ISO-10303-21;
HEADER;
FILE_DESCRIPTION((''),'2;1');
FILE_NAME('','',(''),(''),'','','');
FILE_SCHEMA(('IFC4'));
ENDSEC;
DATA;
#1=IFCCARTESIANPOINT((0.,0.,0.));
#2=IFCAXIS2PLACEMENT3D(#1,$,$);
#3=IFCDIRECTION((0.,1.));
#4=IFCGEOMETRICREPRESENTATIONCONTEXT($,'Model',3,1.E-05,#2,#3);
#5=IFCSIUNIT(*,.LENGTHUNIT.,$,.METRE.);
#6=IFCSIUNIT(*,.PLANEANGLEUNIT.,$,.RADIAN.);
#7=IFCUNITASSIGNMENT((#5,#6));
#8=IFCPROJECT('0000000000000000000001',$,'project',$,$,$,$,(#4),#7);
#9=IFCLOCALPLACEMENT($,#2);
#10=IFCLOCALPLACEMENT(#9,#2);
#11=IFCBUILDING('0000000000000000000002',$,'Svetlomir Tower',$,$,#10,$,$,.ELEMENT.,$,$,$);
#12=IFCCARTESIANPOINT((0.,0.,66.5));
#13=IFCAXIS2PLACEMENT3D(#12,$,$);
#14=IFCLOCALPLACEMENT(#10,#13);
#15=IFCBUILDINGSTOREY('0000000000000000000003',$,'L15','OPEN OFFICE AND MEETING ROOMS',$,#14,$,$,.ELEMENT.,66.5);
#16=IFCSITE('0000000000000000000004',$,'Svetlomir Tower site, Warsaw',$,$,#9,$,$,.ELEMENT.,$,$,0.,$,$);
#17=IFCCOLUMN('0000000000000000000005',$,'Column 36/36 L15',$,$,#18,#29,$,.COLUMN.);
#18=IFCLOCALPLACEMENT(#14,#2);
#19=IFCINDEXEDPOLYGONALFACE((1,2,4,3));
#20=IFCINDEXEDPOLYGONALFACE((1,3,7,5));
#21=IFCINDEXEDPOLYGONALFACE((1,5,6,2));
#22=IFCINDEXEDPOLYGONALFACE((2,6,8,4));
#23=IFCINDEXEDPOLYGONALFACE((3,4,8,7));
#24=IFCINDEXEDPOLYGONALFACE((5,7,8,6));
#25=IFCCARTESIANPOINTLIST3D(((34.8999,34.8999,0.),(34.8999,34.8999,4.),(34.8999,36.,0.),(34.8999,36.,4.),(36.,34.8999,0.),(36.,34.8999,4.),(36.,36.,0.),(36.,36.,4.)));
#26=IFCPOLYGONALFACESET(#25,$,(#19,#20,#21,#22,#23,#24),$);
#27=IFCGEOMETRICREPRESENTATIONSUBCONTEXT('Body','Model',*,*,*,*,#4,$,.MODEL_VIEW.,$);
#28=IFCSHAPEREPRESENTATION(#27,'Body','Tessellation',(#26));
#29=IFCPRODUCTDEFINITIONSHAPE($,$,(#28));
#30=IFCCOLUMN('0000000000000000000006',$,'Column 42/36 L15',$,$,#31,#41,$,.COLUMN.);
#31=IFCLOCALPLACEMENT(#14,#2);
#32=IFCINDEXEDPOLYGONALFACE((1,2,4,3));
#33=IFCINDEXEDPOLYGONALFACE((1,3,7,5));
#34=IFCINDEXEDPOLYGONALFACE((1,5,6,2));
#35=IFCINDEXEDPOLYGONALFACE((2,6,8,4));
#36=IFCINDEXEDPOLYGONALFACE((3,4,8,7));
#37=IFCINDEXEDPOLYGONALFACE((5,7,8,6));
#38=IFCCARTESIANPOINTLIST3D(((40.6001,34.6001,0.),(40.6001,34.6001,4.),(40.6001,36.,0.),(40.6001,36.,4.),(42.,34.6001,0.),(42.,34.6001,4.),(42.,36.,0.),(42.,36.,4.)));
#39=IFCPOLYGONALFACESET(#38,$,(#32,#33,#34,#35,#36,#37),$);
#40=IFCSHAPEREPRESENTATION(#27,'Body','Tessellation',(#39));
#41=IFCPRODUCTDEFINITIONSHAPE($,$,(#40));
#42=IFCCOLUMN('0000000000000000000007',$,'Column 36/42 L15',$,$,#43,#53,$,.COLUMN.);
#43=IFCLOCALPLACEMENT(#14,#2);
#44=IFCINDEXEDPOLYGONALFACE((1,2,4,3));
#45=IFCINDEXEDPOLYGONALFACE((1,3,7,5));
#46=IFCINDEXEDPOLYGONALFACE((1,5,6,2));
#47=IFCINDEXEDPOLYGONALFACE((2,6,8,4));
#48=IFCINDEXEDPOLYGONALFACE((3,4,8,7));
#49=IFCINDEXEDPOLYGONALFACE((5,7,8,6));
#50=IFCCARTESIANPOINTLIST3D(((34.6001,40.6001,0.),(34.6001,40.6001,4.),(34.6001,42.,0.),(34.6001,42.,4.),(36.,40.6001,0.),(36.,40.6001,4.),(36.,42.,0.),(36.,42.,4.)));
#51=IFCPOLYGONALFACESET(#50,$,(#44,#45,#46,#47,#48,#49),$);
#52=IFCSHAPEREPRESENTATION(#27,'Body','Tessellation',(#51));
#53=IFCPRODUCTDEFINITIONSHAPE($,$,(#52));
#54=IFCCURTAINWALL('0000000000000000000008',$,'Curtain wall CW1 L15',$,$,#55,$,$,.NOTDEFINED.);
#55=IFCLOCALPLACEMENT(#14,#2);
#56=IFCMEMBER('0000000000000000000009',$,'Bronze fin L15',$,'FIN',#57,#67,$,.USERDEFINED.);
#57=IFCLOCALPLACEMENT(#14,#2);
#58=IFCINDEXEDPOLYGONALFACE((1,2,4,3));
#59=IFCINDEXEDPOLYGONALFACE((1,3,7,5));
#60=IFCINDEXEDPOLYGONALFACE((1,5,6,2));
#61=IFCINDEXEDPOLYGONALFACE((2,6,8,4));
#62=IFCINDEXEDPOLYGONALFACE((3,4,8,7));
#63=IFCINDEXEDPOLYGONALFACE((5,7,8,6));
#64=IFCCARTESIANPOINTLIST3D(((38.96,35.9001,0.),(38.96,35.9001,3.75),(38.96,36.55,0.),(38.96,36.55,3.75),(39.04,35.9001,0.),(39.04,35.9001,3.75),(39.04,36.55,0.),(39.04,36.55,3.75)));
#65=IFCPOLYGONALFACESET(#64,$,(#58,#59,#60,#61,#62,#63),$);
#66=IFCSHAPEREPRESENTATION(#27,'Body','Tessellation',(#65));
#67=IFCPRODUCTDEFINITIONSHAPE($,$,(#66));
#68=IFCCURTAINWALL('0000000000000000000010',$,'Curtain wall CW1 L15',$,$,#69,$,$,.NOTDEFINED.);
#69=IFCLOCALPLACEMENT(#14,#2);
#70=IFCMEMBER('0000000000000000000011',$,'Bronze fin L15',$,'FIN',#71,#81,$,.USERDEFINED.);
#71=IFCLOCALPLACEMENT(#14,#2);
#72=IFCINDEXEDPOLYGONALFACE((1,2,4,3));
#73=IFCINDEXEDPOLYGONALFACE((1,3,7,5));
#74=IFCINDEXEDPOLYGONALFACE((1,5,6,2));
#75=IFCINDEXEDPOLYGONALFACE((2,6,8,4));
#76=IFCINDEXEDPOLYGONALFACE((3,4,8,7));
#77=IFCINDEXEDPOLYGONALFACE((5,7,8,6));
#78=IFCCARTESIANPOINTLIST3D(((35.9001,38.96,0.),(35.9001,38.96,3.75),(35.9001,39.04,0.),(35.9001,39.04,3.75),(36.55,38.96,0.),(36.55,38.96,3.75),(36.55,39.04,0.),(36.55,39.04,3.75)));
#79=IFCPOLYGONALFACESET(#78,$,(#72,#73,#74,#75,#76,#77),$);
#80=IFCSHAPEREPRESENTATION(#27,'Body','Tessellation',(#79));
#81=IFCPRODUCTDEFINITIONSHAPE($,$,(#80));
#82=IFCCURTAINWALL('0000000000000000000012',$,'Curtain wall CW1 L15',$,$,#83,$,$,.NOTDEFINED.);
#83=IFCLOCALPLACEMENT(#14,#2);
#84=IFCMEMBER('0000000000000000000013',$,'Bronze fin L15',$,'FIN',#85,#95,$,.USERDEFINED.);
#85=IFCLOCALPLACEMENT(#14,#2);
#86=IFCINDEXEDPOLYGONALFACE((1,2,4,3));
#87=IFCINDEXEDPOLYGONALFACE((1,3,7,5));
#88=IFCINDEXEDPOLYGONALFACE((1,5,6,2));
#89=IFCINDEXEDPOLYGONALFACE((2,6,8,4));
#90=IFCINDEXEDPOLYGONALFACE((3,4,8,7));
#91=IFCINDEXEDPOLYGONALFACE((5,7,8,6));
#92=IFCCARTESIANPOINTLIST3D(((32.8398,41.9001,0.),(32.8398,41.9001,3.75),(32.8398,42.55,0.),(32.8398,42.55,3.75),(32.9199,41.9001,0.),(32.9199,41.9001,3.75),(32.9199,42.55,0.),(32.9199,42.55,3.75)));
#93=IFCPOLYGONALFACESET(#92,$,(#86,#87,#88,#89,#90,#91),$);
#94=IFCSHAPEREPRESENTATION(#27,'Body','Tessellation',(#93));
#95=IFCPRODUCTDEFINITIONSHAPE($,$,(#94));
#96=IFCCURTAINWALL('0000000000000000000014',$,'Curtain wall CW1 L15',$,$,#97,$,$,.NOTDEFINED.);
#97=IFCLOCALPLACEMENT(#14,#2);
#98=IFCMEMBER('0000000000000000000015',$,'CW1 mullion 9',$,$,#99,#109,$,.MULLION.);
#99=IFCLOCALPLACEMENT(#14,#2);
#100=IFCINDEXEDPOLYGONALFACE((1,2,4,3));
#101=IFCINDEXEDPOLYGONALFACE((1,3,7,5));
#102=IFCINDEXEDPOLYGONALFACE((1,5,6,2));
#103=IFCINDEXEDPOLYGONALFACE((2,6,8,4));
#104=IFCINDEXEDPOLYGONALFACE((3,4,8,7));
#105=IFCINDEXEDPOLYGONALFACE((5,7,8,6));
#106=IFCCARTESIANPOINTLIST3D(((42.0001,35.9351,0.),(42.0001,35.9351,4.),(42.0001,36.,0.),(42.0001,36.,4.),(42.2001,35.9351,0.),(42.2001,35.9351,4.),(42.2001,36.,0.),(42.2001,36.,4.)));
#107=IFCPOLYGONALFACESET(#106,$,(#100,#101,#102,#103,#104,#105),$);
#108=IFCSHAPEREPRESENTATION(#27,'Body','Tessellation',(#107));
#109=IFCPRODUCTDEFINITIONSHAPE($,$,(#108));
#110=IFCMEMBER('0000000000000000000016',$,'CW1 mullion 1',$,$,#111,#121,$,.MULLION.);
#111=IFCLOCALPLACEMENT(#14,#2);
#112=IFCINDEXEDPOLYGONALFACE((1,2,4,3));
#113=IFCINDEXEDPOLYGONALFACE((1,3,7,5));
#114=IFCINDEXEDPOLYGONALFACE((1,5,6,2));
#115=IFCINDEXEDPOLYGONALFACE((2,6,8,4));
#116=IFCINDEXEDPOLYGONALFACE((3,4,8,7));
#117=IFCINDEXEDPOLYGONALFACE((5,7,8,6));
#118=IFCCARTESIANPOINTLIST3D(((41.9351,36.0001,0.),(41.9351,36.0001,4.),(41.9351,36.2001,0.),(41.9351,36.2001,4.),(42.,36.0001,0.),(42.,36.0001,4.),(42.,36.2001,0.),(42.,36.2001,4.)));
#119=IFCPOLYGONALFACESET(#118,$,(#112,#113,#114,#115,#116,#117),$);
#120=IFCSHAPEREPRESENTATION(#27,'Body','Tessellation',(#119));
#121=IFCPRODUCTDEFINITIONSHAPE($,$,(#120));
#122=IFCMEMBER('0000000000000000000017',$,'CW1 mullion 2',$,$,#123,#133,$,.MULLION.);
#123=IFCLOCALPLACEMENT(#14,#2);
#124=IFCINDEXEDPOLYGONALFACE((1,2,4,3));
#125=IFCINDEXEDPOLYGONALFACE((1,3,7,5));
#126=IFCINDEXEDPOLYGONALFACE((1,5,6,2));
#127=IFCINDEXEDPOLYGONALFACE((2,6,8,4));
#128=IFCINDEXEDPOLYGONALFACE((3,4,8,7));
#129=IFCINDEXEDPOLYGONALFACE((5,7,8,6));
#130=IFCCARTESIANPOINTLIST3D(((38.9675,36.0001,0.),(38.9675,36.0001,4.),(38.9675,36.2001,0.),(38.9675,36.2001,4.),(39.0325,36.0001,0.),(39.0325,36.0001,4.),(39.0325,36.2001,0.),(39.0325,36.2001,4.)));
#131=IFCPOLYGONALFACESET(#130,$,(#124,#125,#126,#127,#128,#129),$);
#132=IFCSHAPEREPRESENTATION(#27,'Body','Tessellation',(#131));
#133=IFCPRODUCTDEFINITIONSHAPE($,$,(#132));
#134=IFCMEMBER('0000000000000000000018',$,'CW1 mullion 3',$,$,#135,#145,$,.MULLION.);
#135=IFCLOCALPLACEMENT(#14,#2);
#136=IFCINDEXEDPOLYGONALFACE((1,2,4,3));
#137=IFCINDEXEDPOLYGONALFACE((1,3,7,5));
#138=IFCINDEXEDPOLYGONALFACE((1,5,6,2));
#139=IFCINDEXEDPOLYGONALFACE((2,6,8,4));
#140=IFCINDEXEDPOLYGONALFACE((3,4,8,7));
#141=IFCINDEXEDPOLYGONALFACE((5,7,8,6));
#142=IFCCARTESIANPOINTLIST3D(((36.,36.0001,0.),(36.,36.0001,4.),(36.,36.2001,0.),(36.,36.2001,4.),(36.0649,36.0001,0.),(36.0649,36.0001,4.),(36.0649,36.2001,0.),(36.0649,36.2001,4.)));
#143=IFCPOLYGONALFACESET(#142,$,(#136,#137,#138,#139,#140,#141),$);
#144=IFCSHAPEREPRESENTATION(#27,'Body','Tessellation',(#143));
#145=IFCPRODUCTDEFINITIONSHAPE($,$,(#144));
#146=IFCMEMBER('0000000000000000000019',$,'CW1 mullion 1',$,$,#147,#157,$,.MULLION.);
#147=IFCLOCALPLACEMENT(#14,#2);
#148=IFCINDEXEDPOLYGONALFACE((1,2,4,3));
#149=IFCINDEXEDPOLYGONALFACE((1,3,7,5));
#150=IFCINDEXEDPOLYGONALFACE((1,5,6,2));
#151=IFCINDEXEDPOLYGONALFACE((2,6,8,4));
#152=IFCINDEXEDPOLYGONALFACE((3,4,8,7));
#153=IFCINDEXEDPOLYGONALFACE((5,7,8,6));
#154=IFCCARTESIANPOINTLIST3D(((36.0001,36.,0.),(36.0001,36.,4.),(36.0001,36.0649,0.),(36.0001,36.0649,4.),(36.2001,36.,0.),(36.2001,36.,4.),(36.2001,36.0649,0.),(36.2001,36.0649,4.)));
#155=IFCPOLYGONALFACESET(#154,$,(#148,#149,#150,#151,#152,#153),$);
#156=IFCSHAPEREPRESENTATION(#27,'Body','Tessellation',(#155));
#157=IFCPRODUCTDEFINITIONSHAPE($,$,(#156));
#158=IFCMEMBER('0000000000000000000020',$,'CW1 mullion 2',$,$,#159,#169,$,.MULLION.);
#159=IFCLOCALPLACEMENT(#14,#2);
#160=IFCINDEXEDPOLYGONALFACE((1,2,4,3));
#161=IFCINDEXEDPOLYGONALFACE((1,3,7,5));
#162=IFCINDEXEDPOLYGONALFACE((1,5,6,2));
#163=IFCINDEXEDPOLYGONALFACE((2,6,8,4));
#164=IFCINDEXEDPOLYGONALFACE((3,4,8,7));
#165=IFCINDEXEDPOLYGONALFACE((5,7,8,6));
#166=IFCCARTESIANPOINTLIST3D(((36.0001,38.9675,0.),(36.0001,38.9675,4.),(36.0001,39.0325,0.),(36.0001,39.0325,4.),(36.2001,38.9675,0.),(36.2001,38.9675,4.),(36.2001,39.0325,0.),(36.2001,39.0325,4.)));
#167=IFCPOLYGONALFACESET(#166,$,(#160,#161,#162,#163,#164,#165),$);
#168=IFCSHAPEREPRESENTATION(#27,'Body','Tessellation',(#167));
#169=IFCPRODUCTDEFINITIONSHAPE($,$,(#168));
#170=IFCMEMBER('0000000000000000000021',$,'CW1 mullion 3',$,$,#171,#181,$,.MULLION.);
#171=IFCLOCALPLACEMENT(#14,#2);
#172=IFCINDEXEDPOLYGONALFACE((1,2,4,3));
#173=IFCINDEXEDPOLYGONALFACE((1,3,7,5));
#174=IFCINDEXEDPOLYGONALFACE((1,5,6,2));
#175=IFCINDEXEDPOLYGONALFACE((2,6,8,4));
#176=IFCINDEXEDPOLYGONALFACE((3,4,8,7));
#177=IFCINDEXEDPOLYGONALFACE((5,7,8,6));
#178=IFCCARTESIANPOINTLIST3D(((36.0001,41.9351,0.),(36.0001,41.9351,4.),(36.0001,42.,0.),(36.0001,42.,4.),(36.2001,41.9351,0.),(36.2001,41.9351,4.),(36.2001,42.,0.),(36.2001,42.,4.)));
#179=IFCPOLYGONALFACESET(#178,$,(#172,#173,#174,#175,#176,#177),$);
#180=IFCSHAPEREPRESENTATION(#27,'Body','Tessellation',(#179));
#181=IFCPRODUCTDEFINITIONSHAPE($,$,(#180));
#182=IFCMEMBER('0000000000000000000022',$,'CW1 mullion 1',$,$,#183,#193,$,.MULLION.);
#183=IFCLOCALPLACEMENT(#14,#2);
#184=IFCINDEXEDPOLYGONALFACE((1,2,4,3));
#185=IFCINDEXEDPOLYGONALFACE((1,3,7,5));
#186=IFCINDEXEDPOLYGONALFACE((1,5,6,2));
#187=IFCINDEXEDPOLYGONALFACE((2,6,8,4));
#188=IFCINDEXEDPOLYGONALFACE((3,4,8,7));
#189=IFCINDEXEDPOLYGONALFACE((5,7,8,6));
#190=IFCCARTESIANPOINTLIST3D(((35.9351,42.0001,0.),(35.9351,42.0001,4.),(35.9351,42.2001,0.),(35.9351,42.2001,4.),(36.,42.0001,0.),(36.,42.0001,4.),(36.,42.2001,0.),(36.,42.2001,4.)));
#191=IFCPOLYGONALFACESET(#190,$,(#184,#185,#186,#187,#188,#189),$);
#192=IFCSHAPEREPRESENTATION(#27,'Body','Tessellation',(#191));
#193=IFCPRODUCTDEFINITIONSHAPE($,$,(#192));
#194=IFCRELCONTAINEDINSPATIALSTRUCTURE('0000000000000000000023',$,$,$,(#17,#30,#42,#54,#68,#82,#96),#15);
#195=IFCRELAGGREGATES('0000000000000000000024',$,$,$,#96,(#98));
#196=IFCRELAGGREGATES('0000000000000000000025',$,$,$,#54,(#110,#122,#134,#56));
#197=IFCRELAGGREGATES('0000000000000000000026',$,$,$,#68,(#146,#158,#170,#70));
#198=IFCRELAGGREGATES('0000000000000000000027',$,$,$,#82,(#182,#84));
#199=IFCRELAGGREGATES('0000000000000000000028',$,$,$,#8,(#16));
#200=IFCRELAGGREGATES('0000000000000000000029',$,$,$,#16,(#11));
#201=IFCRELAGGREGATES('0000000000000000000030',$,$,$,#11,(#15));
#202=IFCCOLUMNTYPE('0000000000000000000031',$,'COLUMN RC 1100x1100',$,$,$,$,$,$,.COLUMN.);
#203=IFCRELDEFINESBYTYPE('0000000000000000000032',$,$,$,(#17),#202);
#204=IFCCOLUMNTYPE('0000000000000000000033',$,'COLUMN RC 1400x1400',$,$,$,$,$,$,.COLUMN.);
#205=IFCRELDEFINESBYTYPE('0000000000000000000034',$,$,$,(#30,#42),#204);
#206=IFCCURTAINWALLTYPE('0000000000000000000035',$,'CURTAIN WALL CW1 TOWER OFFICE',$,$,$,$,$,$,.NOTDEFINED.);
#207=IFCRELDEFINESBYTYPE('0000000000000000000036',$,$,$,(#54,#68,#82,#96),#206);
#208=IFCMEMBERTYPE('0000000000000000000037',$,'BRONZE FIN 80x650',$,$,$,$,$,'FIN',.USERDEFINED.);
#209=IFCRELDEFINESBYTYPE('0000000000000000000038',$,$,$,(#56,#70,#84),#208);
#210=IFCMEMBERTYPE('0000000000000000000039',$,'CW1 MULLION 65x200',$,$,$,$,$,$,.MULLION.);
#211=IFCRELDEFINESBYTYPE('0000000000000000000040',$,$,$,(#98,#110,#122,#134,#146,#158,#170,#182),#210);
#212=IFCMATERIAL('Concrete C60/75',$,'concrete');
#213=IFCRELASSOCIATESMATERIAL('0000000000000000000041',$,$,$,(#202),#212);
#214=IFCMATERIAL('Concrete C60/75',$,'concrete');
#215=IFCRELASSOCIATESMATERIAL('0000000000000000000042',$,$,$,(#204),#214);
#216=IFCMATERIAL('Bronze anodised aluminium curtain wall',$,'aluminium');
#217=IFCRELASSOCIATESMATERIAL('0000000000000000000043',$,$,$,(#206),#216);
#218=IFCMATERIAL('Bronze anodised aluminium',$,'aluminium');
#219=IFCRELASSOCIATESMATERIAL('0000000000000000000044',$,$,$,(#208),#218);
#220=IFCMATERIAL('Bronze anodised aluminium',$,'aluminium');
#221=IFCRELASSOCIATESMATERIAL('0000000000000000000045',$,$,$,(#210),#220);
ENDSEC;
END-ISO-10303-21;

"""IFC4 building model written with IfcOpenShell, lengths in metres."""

from ifc_helpers import new_model, si_unit, direction, frame, origin, origin_2d, place, context, subcontext, project, spatial, rectangle, extrude, material, material_profile, profile_set, type_object, element, aggregate, save


model = new_model("IFC4")

# Units and contexts
model_context = context("Model", 3, precision=1e-05, world=origin(), true_north=direction((0.0, 1.0)))
body_context = subcontext(model_context, "Body", "Model", "MODEL_VIEW")
ifc_project = project(units=[si_unit("LENGTHUNIT", "METRE"), si_unit("PLANEANGLEUNIT", "RADIAN")], contexts=[model_context])

# Site, building, storey
site_placement = place(None, origin())
site = spatial("IfcSite", under=ifc_project, at=site_placement, Name="Svetlomir Tower site, Warsaw", CompositionType="ELEMENT", RefElevation=0.0)
building_placement = place(site_placement, origin())
building = spatial("IfcBuilding", under=site, at=building_placement, Name="Svetlomir Tower", CompositionType="ELEMENT")
storey_placement = place(building_placement, frame((0.0, 0.0, 66.5)))
storey = spatial("IfcBuildingStorey", under=building, at=storey_placement, Name="L15", Description="OPEN OFFICE AND MEETING ROOMS", CompositionType="ELEMENT", Elevation=66.5)

# Columns
ifc_material_1 = material(Name="Concrete C60/75", Category="concrete")
ifc_material_profile_1 = material_profile(ifc_material_1, rectangle(XDim=1.1001, YDim=1.1001, at=origin_2d()), Name="RC 1100x1100")
ifc_profile_set_1 = profile_set([ifc_material_profile_1], Name="Concrete C60/75")
column_type_1 = type_object("IfcColumnType", Name="COLUMN RC 1100x1100", PredefinedType="COLUMN", material=ifc_profile_set_1)
column_placement = place(storey_placement, frame((35.45, 35.45, 0.0), z_axis=(0.0, 0.0, 1.0), x_axis=(1.0, 0.0, 0.0)))
element("IfcColumn", 1, at=column_placement, inside=storey, type_object=column_type_1, Name="Column 36/36 L15", PredefinedType="COLUMN", context=body_context, shape_type="SweptSolid", body=[
    extrude(rectangle(XDim=1.1001, YDim=1.1001, at=origin_2d()), origin(), (0.0, 0.0, 1.0), 4.0),
])
ifc_material_2 = material(Name="Concrete C60/75", Category="concrete")
ifc_material_profile_2 = material_profile(ifc_material_2, rectangle(XDim=1.3999, YDim=1.3999, at=origin_2d()), Name="RC 1400x1400")
ifc_profile_set_2 = profile_set([ifc_material_profile_2], Name="Concrete C60/75")
column_type_2 = type_object("IfcColumnType", Name="COLUMN RC 1400x1400", PredefinedType="COLUMN", material=ifc_profile_set_2)
for number, where, z_axis, x_axis, name in (
    (2, (41.3, 35.3, 0.0), (0.0, 0.0, 1.0), (1.0, 0.0, 0.0), "Column 42/36 L15"),
    (3, (35.3, 41.3, 0.0), (0.0, 0.0, 1.0), (1.0, 0.0, 0.0), "Column 36/42 L15"),
):
    element("IfcColumn", number, at=place(storey_placement, frame(where, z_axis=z_axis, x_axis=x_axis)), inside=storey, type_object=column_type_2, Name=name, PredefinedType="COLUMN", context=body_context, shape_type="SweptSolid", body=[
        extrude(rectangle(XDim=1.3999, YDim=1.3999, at=origin_2d()), origin(), (0.0, 0.0, 1.0), 4.0),
    ])

# Curtain walls, members
ifc_material_3 = material(Name="Bronze anodised aluminium curtain wall", Category="aluminium")
curtain_wall_type = type_object("IfcCurtainWallType", Name="CURTAIN WALL CW1 TOWER OFFICE", PredefinedType="NOTDEFINED", material=ifc_material_3)
curtain_wall_1_placement = place(storey_placement, origin())
curtain_wall_1 = element("IfcCurtainWall", 4, at=curtain_wall_1_placement, inside=storey, type_object=curtain_wall_type, Name="Curtain wall CW1 L15", PredefinedType="NOTDEFINED")
ifc_material_4 = material(Name="Bronze anodised aluminium", Category="aluminium")
ifc_material_profile_3 = material_profile(ifc_material_4, rectangle(XDim=0.0801, YDim=0.6499, at=origin_2d()), Name="FIN 80x650")
ifc_profile_set_3 = profile_set([ifc_material_profile_3], Name="Bronze anodised aluminium 6063-T6")
member_type_1 = type_object("IfcMemberType", Name="BRONZE FIN 80x650", ElementType="FIN", PredefinedType="USERDEFINED", material=ifc_profile_set_3)
member_1_placement = place(storey_placement, frame((39.0, 36.2251, 0.0), z_axis=(0.0, 0.0, 1.0), x_axis=(1.0, 0.0, 0.0)))
member_1 = element("IfcMember", 5, at=member_1_placement, type_object=member_type_1, Name="Bronze fin L15", ObjectType="FIN", PredefinedType="USERDEFINED", context=body_context, shape_type="SweptSolid", body=[
    extrude(rectangle(XDim=0.0801, YDim=0.6499, at=origin_2d()), origin(), (0.0, 0.0, 1.0), 3.75),
])
curtain_wall_2_placement = place(storey_placement, origin())
curtain_wall_2 = element("IfcCurtainWall", 6, at=curtain_wall_2_placement, inside=storey, type_object=curtain_wall_type, Name="Curtain wall CW1 L15", PredefinedType="NOTDEFINED")
member_2_placement = place(storey_placement, frame((36.2251, 39.0, 0.0), z_axis=(0.0, 0.0, 1.0), x_axis=(0.0, 1.0, 0.0)))
member_2 = element("IfcMember", 7, at=member_2_placement, type_object=member_type_1, Name="Bronze fin L15", ObjectType="FIN", PredefinedType="USERDEFINED", context=body_context, shape_type="SweptSolid", body=[
    extrude(rectangle(XDim=0.0801, YDim=0.6499, at=origin_2d()), origin(), (0.0, 0.0, 1.0), 3.75),
])
curtain_wall_3_placement = place(storey_placement, origin())
curtain_wall_3 = element("IfcCurtainWall", 8, at=curtain_wall_3_placement, inside=storey, type_object=curtain_wall_type, Name="Curtain wall CW1 L15", PredefinedType="NOTDEFINED")
member_3_placement = place(storey_placement, frame((32.8799, 42.2251, 0.0), z_axis=(0.0, 0.0, 1.0), x_axis=(1.0, 0.0, 0.0)))
member_3 = element("IfcMember", 9, at=member_3_placement, type_object=member_type_1, Name="Bronze fin L15", ObjectType="FIN", PredefinedType="USERDEFINED", context=body_context, shape_type="SweptSolid", body=[
    extrude(rectangle(XDim=0.0801, YDim=0.6499, at=origin_2d()), origin(), (0.0, 0.0, 1.0), 3.75),
])
curtain_wall_4_placement = place(storey_placement, origin())
curtain_wall_4 = element("IfcCurtainWall", 10, at=curtain_wall_4_placement, inside=storey, type_object=curtain_wall_type, Name="Curtain wall CW1 L15", PredefinedType="NOTDEFINED")
ifc_material_5 = material(Name="Bronze anodised aluminium", Category="aluminium")
ifc_material_profile_4 = material_profile(ifc_material_5, rectangle(XDim=0.0649, YDim=0.2, at=origin_2d()), Name="AL 65x200")
ifc_profile_set_4 = profile_set([ifc_material_profile_4], Name="Bronze anodised aluminium 6063-T6")
member_type_2 = type_object("IfcMemberType", Name="CW1 MULLION 65x200", PredefinedType="MULLION", material=ifc_profile_set_4)
member_4_placement = place(storey_placement, frame((42.1001, 35.9675, 0.0), z_axis=(0.0, 0.0, 1.0), x_axis=(0.0, 1.0, 0.0)))
member_4 = element("IfcMember", 11, at=member_4_placement, type_object=member_type_2, Name="CW1 mullion 9", PredefinedType="MULLION", context=body_context, shape_type="SweptSolid", body=[
    extrude(rectangle(XDim=0.0649, YDim=0.2, at=origin_2d()), origin(), (0.0, 0.0, 1.0), 4.0),
])

# Members
member_5_placement = place(storey_placement, frame((41.9675, 36.1001, 0.0), z_axis=(0.0, 0.0, 1.0), x_axis=(-1.0, 0.0, 0.0)))
member_5 = element("IfcMember", 12, at=member_5_placement, type_object=member_type_2, Name="CW1 mullion 1", PredefinedType="MULLION", context=body_context, shape_type="SweptSolid", body=[
    extrude(rectangle(XDim=0.0649, YDim=0.2, at=origin_2d()), origin(), (0.0, 0.0, 1.0), 4.0),
])
member_6_placement = place(storey_placement, frame((39.0, 36.1001, 0.0), z_axis=(0.0, 0.0, 1.0), x_axis=(-1.0, 0.0, 0.0)))
member_6 = element("IfcMember", 13, at=member_6_placement, type_object=member_type_2, Name="CW1 mullion 2", PredefinedType="MULLION", context=body_context, shape_type="SweptSolid", body=[
    extrude(rectangle(XDim=0.0649, YDim=0.2, at=origin_2d()), origin(), (0.0, 0.0, 1.0), 4.0),
])
member_7_placement = place(storey_placement, frame((36.0325, 36.1001, 0.0), z_axis=(0.0, 0.0, 1.0), x_axis=(-1.0, 0.0, 0.0)))
member_7 = element("IfcMember", 14, at=member_7_placement, type_object=member_type_2, Name="CW1 mullion 3", PredefinedType="MULLION", context=body_context, shape_type="SweptSolid", body=[
    extrude(rectangle(XDim=0.0649, YDim=0.2, at=origin_2d()), origin(), (0.0, 0.0, 1.0), 4.0),
])
member_8_placement = place(storey_placement, frame((36.1001, 36.0325, 0.0), z_axis=(0.0, 0.0, 1.0), x_axis=(0.0, 1.0, 0.0)))
member_8 = element("IfcMember", 15, at=member_8_placement, type_object=member_type_2, Name="CW1 mullion 1", PredefinedType="MULLION", context=body_context, shape_type="SweptSolid", body=[
    extrude(rectangle(XDim=0.0649, YDim=0.2, at=origin_2d()), origin(), (0.0, 0.0, 1.0), 4.0),
])
member_9_placement = place(storey_placement, frame((36.1001, 39.0, 0.0), z_axis=(0.0, 0.0, 1.0), x_axis=(0.0, 1.0, 0.0)))
member_9 = element("IfcMember", 16, at=member_9_placement, type_object=member_type_2, Name="CW1 mullion 2", PredefinedType="MULLION", context=body_context, shape_type="SweptSolid", body=[
    extrude(rectangle(XDim=0.0649, YDim=0.2, at=origin_2d()), origin(), (0.0, 0.0, 1.0), 4.0),
])
member_10_placement = place(storey_placement, frame((36.1001, 41.9675, 0.0), z_axis=(0.0, 0.0, 1.0), x_axis=(0.0, 1.0, 0.0)))
member_10 = element("IfcMember", 17, at=member_10_placement, type_object=member_type_2, Name="CW1 mullion 3", PredefinedType="MULLION", context=body_context, shape_type="SweptSolid", body=[
    extrude(rectangle(XDim=0.0649, YDim=0.2, at=origin_2d()), origin(), (0.0, 0.0, 1.0), 4.0),
])
member_11_placement = place(storey_placement, frame((35.9675, 42.1001, 0.0), z_axis=(0.0, 0.0, 1.0), x_axis=(-1.0, 0.0, 0.0)))
member_11 = element("IfcMember", 18, at=member_11_placement, type_object=member_type_2, Name="CW1 mullion 1", PredefinedType="MULLION", context=body_context, shape_type="SweptSolid", body=[
    extrude(rectangle(XDim=0.0649, YDim=0.2, at=origin_2d()), origin(), (0.0, 0.0, 1.0), 4.0),
])

aggregate(curtain_wall_4, [member_4])
aggregate(curtain_wall_1, [member_5, member_6, member_7, member_1])
aggregate(curtain_wall_2, [member_8, member_9, member_10, member_2])
aggregate(curtain_wall_3, [member_11, member_3])

save(model, "model.ifc")
